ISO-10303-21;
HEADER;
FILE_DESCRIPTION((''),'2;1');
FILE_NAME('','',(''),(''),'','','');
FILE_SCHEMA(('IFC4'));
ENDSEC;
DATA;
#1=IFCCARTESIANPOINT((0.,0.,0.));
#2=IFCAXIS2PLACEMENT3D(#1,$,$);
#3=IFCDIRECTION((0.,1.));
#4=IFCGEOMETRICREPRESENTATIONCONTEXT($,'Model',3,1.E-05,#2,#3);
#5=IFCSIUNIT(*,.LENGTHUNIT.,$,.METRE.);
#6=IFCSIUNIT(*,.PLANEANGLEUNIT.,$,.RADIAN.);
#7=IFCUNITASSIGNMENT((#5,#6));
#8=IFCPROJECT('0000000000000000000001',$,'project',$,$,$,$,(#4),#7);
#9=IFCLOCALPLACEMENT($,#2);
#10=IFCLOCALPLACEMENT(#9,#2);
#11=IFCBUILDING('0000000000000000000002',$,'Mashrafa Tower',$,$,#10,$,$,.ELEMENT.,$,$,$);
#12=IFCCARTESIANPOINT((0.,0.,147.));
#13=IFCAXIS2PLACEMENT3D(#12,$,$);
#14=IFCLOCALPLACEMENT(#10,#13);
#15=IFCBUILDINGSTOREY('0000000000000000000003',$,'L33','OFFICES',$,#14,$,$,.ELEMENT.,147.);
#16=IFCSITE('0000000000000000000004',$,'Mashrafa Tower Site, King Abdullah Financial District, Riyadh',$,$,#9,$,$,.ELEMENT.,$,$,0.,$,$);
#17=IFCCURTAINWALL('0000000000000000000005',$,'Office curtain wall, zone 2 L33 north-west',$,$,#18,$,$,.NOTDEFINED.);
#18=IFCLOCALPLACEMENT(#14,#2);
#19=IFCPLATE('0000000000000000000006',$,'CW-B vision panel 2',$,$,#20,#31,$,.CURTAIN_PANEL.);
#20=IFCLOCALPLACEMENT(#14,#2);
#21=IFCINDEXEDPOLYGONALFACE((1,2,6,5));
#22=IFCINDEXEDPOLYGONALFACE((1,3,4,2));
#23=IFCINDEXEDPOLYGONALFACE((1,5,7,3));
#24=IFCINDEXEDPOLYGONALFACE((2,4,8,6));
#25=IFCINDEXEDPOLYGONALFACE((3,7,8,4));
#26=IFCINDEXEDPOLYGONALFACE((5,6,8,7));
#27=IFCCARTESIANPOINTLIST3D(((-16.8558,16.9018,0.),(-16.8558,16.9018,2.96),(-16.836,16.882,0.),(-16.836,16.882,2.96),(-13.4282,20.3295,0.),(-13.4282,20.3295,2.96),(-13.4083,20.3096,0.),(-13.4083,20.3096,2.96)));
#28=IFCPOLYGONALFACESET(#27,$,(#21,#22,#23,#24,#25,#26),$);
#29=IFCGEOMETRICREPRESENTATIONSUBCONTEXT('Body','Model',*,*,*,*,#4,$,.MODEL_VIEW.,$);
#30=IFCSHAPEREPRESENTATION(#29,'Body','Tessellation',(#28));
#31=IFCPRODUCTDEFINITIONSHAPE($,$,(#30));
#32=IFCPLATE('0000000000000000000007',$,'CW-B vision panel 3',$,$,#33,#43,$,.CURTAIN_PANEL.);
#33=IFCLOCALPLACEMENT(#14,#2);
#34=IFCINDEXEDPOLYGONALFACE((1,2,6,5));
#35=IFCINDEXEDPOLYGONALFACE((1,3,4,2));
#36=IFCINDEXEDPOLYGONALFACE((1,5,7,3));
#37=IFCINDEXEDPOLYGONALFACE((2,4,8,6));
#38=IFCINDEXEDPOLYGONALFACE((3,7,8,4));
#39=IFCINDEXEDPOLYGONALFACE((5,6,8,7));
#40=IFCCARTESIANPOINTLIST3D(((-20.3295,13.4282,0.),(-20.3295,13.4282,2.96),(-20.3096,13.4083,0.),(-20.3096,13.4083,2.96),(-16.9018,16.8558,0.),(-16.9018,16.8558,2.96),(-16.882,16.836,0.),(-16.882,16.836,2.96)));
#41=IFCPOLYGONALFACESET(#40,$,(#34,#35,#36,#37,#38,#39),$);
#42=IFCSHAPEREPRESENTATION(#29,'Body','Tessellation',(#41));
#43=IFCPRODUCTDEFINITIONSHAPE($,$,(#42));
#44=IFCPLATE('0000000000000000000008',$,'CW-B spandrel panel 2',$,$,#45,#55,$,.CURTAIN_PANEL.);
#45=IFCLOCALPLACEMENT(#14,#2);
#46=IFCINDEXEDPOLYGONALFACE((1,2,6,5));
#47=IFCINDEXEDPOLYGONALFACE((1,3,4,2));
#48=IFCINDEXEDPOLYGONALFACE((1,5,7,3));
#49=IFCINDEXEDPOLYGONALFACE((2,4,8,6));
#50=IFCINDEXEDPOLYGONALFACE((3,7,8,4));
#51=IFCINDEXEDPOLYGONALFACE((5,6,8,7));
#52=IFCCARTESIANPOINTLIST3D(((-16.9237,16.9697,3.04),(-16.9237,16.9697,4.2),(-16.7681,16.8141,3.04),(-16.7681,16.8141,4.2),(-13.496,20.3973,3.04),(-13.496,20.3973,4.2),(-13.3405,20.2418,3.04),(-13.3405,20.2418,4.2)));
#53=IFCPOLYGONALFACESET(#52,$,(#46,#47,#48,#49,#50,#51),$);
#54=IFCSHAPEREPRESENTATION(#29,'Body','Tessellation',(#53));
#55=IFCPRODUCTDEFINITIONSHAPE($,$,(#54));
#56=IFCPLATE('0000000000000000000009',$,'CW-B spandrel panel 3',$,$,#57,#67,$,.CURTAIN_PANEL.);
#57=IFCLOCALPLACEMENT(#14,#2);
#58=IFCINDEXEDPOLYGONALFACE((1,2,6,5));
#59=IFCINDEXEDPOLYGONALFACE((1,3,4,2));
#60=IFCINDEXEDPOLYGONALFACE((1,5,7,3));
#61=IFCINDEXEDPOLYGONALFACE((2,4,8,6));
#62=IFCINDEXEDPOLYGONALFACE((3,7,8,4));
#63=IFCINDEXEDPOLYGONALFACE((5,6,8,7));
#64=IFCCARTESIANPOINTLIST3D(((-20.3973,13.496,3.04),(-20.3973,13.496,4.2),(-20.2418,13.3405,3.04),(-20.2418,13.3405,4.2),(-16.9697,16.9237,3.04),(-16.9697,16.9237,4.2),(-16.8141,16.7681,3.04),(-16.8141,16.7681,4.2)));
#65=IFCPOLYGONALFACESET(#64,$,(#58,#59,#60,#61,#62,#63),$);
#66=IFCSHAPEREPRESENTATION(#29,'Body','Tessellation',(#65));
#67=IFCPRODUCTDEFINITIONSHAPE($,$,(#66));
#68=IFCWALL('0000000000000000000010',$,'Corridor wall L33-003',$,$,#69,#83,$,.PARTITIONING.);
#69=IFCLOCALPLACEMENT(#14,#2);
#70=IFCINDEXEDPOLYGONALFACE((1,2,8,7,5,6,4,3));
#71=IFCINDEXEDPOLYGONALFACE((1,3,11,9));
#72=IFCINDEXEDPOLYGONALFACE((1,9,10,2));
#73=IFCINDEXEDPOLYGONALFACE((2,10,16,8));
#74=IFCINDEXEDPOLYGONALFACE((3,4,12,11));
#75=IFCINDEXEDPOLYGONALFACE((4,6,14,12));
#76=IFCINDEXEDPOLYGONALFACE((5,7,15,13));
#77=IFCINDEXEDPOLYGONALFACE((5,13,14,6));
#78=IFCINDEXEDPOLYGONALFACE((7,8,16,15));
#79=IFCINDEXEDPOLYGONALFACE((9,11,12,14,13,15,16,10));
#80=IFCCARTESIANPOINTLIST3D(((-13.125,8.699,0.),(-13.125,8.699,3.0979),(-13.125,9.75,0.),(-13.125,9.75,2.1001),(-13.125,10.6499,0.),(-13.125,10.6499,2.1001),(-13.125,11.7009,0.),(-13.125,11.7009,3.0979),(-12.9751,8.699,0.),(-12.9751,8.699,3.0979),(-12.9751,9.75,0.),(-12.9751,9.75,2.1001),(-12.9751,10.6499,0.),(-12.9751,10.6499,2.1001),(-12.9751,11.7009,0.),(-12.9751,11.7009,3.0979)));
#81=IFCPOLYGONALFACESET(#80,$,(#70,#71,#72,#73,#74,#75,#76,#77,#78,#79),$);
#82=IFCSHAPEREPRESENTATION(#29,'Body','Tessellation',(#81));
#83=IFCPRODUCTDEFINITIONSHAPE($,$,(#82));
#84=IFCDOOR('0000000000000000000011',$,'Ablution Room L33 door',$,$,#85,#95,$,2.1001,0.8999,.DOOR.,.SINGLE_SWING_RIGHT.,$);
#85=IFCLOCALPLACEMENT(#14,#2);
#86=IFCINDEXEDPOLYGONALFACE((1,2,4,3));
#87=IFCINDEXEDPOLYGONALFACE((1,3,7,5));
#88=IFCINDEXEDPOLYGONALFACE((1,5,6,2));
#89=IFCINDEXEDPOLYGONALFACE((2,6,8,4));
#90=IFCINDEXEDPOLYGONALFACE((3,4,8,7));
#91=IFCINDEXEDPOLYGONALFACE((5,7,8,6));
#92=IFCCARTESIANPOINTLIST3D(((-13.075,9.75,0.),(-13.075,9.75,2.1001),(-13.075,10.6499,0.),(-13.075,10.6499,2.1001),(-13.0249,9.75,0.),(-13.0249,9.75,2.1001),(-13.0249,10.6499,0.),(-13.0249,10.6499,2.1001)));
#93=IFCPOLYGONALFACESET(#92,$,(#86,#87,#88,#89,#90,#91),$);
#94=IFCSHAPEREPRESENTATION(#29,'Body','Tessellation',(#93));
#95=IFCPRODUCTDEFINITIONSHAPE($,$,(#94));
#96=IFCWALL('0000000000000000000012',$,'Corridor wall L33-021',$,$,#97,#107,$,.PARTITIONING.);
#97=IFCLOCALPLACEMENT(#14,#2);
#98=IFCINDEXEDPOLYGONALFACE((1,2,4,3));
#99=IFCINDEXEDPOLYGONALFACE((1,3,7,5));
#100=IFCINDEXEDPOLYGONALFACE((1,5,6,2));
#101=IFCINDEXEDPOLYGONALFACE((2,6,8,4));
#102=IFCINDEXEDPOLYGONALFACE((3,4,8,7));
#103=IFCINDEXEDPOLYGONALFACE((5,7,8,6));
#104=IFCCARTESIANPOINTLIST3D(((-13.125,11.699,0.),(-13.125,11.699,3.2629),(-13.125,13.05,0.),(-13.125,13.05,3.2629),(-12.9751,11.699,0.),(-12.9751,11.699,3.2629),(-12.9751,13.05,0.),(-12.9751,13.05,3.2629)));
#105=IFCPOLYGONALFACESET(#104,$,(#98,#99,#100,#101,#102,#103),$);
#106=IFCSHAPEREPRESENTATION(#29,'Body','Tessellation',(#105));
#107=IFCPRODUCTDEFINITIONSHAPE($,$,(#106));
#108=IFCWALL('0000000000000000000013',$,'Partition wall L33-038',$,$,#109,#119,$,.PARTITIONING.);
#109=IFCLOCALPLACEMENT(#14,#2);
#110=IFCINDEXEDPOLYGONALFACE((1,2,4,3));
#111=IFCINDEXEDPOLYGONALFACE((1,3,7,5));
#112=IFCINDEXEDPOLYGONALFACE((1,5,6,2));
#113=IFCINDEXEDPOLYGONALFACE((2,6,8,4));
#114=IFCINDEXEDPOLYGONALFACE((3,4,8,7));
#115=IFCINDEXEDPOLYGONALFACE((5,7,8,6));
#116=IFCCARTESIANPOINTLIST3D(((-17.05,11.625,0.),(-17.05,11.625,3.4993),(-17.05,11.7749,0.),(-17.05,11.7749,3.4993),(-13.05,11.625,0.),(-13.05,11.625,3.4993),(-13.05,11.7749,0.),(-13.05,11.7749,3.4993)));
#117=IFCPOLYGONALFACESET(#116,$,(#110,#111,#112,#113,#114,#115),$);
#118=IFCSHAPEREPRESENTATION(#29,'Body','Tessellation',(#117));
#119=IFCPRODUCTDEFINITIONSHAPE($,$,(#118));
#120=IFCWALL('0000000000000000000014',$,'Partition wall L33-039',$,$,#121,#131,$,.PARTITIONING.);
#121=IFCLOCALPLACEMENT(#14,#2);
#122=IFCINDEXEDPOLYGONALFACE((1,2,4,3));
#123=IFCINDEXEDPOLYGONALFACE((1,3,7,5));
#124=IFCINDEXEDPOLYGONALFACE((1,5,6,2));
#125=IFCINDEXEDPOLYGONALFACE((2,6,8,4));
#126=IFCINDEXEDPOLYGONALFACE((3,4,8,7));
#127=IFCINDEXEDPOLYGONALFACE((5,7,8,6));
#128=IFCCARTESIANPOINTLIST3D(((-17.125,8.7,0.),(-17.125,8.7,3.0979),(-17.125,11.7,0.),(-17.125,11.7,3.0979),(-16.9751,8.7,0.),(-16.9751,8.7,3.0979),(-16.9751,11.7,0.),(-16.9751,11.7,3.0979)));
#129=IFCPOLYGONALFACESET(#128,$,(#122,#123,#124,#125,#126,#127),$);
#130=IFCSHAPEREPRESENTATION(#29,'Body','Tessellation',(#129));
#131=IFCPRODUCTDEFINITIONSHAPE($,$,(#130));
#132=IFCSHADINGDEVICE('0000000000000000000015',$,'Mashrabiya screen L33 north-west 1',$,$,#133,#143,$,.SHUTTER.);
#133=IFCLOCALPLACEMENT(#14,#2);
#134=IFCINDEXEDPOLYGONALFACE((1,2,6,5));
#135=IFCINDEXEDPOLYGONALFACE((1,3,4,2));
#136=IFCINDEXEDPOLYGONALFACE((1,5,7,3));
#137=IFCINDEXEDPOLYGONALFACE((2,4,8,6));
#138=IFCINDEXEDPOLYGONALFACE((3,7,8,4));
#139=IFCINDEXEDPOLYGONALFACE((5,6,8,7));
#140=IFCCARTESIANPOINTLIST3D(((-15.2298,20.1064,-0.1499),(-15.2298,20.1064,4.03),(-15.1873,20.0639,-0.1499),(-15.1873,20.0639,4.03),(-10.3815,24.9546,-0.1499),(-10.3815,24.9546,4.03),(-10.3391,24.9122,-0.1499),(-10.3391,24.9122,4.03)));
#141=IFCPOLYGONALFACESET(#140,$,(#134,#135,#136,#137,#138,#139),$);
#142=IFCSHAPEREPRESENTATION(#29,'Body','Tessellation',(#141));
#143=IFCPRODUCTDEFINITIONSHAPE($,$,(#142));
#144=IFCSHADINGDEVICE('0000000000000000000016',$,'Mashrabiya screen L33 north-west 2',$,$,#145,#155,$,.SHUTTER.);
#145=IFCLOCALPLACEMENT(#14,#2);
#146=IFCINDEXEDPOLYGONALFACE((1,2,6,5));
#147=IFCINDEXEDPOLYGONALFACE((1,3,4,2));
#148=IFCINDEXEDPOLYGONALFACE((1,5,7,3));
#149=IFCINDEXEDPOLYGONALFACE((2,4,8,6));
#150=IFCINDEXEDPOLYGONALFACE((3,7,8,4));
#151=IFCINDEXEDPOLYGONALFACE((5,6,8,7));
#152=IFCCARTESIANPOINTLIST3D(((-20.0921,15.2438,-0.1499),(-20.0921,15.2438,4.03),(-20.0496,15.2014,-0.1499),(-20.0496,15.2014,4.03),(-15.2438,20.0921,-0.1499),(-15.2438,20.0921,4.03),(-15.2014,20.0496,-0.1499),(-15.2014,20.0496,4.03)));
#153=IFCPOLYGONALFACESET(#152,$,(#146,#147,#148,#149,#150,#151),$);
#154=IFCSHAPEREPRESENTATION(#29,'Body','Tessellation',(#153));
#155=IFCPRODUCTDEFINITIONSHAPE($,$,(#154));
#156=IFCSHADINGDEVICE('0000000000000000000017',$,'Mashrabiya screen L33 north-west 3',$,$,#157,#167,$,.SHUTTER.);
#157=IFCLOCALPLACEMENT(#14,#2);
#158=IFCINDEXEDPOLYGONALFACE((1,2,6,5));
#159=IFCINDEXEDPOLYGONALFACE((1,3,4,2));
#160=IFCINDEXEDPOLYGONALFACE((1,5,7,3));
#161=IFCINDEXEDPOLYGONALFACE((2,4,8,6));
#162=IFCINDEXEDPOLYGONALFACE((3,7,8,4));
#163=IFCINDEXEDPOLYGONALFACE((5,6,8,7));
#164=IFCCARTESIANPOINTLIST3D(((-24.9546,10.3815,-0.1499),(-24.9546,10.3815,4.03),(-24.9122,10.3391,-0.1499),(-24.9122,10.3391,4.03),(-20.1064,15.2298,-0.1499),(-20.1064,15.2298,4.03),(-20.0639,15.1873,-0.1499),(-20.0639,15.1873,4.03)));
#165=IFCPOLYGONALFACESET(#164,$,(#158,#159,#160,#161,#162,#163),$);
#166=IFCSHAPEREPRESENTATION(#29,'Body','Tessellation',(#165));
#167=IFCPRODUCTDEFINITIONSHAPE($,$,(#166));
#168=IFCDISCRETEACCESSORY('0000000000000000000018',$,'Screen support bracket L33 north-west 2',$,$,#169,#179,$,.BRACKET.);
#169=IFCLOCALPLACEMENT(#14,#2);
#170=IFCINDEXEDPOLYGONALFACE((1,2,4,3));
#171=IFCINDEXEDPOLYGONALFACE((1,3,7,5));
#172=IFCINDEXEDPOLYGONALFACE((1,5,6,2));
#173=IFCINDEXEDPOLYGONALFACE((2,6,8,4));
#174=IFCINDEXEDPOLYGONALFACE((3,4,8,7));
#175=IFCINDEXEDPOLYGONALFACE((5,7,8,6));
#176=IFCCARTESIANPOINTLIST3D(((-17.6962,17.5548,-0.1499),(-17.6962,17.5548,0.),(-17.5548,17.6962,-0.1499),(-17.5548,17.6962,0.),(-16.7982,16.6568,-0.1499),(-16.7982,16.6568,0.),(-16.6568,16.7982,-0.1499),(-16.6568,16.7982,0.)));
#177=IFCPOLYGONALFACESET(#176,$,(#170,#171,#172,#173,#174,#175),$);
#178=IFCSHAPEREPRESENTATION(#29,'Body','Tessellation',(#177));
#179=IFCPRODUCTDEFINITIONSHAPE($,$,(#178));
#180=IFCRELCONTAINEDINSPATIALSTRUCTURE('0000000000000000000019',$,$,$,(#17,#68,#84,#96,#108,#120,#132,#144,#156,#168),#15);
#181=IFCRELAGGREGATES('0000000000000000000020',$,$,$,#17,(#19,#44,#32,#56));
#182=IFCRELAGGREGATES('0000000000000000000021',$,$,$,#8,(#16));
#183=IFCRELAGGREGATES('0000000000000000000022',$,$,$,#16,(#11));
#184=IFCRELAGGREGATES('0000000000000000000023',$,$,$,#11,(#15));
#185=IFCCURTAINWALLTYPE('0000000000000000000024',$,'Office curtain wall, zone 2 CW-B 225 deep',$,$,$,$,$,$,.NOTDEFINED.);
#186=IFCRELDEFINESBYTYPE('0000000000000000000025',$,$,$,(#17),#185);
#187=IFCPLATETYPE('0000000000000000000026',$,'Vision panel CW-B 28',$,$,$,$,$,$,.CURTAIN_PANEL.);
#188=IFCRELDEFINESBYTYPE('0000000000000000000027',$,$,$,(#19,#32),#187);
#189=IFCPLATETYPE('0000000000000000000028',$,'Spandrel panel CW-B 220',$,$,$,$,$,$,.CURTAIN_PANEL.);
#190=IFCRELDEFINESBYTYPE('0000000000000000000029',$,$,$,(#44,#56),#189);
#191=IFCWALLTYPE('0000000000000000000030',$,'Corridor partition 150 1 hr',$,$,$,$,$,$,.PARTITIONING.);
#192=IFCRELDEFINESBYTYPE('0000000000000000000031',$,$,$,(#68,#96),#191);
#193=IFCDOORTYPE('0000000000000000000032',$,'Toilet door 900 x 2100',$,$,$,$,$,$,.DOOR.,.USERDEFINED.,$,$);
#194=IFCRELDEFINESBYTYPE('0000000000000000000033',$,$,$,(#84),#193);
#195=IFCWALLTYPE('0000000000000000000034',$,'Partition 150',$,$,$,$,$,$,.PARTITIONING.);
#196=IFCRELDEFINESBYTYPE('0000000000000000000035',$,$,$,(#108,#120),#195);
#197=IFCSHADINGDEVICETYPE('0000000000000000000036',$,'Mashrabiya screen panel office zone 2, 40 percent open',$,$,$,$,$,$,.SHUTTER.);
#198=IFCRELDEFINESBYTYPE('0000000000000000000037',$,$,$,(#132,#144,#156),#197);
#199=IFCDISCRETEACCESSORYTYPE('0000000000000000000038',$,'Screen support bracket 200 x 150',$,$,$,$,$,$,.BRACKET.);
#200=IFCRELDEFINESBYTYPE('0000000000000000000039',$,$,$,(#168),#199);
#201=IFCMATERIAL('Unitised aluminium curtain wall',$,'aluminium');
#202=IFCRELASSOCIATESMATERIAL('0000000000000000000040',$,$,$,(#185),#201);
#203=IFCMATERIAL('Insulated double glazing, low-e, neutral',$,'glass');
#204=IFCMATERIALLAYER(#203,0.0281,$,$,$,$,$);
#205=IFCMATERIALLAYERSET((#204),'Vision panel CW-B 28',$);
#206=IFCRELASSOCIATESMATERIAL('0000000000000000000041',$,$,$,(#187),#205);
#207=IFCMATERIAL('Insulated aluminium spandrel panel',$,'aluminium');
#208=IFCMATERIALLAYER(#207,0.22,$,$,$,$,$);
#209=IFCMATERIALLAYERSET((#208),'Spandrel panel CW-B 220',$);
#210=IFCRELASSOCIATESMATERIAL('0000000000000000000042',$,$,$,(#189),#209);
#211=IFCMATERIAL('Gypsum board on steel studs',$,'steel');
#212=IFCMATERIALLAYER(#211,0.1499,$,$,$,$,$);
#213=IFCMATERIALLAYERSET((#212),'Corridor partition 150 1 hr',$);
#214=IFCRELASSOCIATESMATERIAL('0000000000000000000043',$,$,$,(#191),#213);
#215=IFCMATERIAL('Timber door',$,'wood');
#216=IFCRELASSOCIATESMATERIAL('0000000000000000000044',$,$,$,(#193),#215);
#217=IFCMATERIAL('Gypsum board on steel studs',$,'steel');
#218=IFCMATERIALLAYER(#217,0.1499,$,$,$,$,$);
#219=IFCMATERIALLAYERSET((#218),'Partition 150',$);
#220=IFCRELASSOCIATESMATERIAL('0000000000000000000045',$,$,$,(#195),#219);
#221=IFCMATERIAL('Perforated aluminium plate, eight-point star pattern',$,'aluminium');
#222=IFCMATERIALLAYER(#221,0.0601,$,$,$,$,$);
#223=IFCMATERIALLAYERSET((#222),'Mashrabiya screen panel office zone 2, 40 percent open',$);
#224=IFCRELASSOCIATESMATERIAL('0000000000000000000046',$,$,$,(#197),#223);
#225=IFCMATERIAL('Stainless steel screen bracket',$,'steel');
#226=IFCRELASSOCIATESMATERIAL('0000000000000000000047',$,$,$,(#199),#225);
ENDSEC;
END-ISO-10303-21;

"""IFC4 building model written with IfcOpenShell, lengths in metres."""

from ifc_helpers import new_model, si_unit, direction, frame, frame_2d, origin, origin_2d, place, context, subcontext, project, spatial, rectangle, extrude, source, transform, mapped, material, layer, layer_set, type_object, type_shapes, element, fill, aggregate, save


model = new_model("IFC4")

# Units and contexts
model_context = context("Model", 3, precision=1e-05, world=origin(), true_north=direction((0.0, 1.0)))
body_context = subcontext(model_context, "Body", "Model", "MODEL_VIEW")
ifc_project = project(units=[si_unit("LENGTHUNIT", "METRE"), si_unit("PLANEANGLEUNIT", "RADIAN")], contexts=[model_context])

# Site, building, storey
site_placement = place(None, origin())
site = spatial("IfcSite", under=ifc_project, at=site_placement, Name="Mashrafa Tower Site, King Abdullah Financial District, Riyadh", CompositionType="ELEMENT", RefElevation=0.0)
building_placement = place(site_placement, origin())
building = spatial("IfcBuilding", under=site, at=building_placement, Name="Mashrafa Tower", CompositionType="ELEMENT")
storey_placement = place(building_placement, frame((0.0, 0.0, 147.0)))
storey = spatial("IfcBuildingStorey", under=building, at=storey_placement, Name="L33", Description="OFFICES", CompositionType="ELEMENT", Elevation=147.0)

# Curtain wall
ifc_material_1 = material(Name="Unitised aluminium curtain wall", Category="aluminium")
curtain_wall_type = type_object("IfcCurtainWallType", Name="Office curtain wall, zone 2 CW-B 225 deep", PredefinedType="NOTDEFINED", material=ifc_material_1)
curtain_wall_1_placement = place(storey_placement, origin())
curtain_wall_1 = element("IfcCurtainWall", 1, at=curtain_wall_1_placement, inside=storey, type_object=curtain_wall_type, Name="Office curtain wall, zone 2 L33 north-west", PredefinedType="NOTDEFINED")

# Plates
ifc_material_2 = material(Name="Insulated double glazing, low-e, neutral", Category="glass")
ifc_layer_1 = layer(ifc_material_2, 0.0281)
ifc_layer_set_1 = layer_set([ifc_layer_1], Name="Vision panel CW-B 28")
plate_type_1 = type_object("IfcPlateType", Name="Vision panel CW-B 28", PredefinedType="CURTAIN_PANEL", material=ifc_layer_set_1)
ifc_material_3 = material(Name="Insulated aluminium spandrel panel", Category="aluminium")
ifc_layer_2 = layer(ifc_material_3, 0.22)
ifc_layer_set_2 = layer_set([ifc_layer_2], Name="Spandrel panel CW-B 220")
plate_type_2 = type_object("IfcPlateType", Name="Spandrel panel CW-B 220", PredefinedType="CURTAIN_PANEL", material=ifc_layer_set_2)
shared_shape_1 = source(origin(), body_context, "Body", "SweptSolid", [
    extrude(rectangle(XDim=4.8474, YDim=0.0281, at=origin_2d()), origin(), (0.0, 0.0, 1.0), 2.96),
])
plate_1_placement = place(storey_placement, frame((-15.1321, 18.6057, 0.0), z_axis=(0.0, 0.0, 1.0), x_axis=(-0.707107, -0.707107, 0.0)))
plate_1 = element("IfcPlate", 2, at=plate_1_placement, type_object=plate_type_1, Name="CW-B vision panel 2", PredefinedType="CURTAIN_PANEL", context=body_context, shape_type="MappedRepresentation", body=[
    mapped(shared_shape_1, transform((0.0, 0.0, 0.0))),
])
plate_2_placement = place(storey_placement, frame((-18.6057, 15.1321, 0.0), z_axis=(0.0, 0.0, 1.0), x_axis=(-0.707107, -0.707107, 0.0)))
plate_2 = element("IfcPlate", 3, at=plate_2_placement, type_object=plate_type_1, Name="CW-B vision panel 3", PredefinedType="CURTAIN_PANEL", context=body_context, shape_type="MappedRepresentation", body=[
    mapped(shared_shape_1, transform((0.0, 0.0, 0.0))),
])
shared_shape_2 = source(origin(), body_context, "Body", "SweptSolid", [
    extrude(rectangle(XDim=4.8474, YDim=0.22, at=origin_2d()), origin(), (0.0, 0.0, 1.0), 1.1599),
])
plate_3_placement = place(storey_placement, frame((-15.1321, 18.6057, 3.04), z_axis=(0.0, 0.0, 1.0), x_axis=(-0.707107, -0.707107, 0.0)))
plate_3 = element("IfcPlate", 4, at=plate_3_placement, type_object=plate_type_2, Name="CW-B spandrel panel 2", PredefinedType="CURTAIN_PANEL", context=body_context, shape_type="MappedRepresentation", body=[
    mapped(shared_shape_2, transform((0.0, 0.0, 0.0))),
])
plate_4_placement = place(storey_placement, frame((-18.6057, 15.1321, 3.04), z_axis=(0.0, 0.0, 1.0), x_axis=(-0.707107, -0.707107, 0.0)))
plate_4 = element("IfcPlate", 5, at=plate_4_placement, type_object=plate_type_2, Name="CW-B spandrel panel 3", PredefinedType="CURTAIN_PANEL", context=body_context, shape_type="MappedRepresentation", body=[
    mapped(shared_shape_2, transform((0.0, 0.0, 0.0))),
])
aggregate(curtain_wall_1, [plate_1, plate_3, plate_2, plate_4])

# Wall, opening, door
ifc_material_4 = material(Name="Gypsum board on steel studs", Category="steel")
ifc_layer_3 = layer(ifc_material_4, 0.1499)
ifc_layer_set_3 = layer_set([ifc_layer_3], Name="Corridor partition 150 1 hr")
wall_type_1 = type_object("IfcWallType", Name="Corridor partition 150 1 hr", PredefinedType="PARTITIONING", material=ifc_layer_set_3)
wall_1_placement = place(storey_placement, frame((-13.05, 11.7009, 0.0), z_axis=(0.0, 0.0, 1.0), x_axis=(0.0, -1.0, 0.0)))
wall_1 = element("IfcWall", 6, at=wall_1_placement, inside=storey, type_object=wall_type_1, Name="Corridor wall L33-003", PredefinedType="PARTITIONING", context=body_context, shape_type="SweptSolid", body=[
    extrude(rectangle(XDim=3.002, YDim=0.1499, at=frame_2d((1.501, 0.0))), origin(), (0.0, 0.0, 1.0), 3.0979),
])
opening_placement = place(wall_1_placement, frame((1.051, 0.0, 0.0)))
opening = element("IfcOpeningElement", 7, at=opening_placement, cuts=wall_1, PredefinedType="OPENING", context=body_context, shape_type="SweptSolid", body=[
    extrude(rectangle(XDim=0.8999, YDim=2.1001, at=frame_2d((0.45, 1.05))), frame((0.0, 0.085, 0.0), z_axis=(0.0, -1.0, 0.0), x_axis=(1.0, 0.0, 0.0)), (0.0, 0.0, 1.0), 0.1699),
])
ifc_material_5 = material(Name="Timber door", Category="wood")
door_type = type_object("IfcDoorType", Name="Toilet door 900 x 2100", OperationType="USERDEFINED", PredefinedType="DOOR", material=ifc_material_5)
door_placement = place(opening_placement, frame((0.8999, 0.0, 0.0), z_axis=(0.0, 0.0, 1.0), x_axis=(-1.0, 0.0, 0.0)))
door = element("IfcDoor", 8, at=door_placement, inside=storey, type_object=door_type, Name="Ablution Room L33 door", OperationType="SINGLE_SWING_RIGHT", OverallHeight=2.1001, OverallWidth=0.8999, PredefinedType="DOOR", context=body_context, shape_type="SweptSolid", body=[
    extrude(rectangle(XDim=0.8999, YDim=2.1001, at=frame_2d((0.45, 1.05))), frame((0.0, 0.0249, 0.0), z_axis=(0.0, -1.0, 0.0), x_axis=(1.0, 0.0, 0.0)), (0.0, 0.0, 1.0), 0.05),
])
fill(opening, door)

# Walls
wall_2_placement = place(storey_placement, frame((-13.05, 13.05, 0.0), z_axis=(0.0, 0.0, 1.0), x_axis=(0.0, -1.0, 0.0)))
element("IfcWall", 9, at=wall_2_placement, inside=storey, type_object=wall_type_1, Name="Corridor wall L33-021", PredefinedType="PARTITIONING", context=body_context, shape_type="SweptSolid", body=[
    extrude(rectangle(XDim=1.3511, YDim=0.1499, at=frame_2d((0.6755, 0.0))), origin(), (0.0, 0.0, 1.0), 3.2629),
])
ifc_material_6 = material(Name="Gypsum board on steel studs", Category="steel")
ifc_layer_4 = layer(ifc_material_6, 0.1499)
ifc_layer_set_4 = layer_set([ifc_layer_4], Name="Partition 150")
wall_type_2 = type_object("IfcWallType", Name="Partition 150", PredefinedType="PARTITIONING", material=ifc_layer_set_4)
wall_3_placement = place(storey_placement, frame((-13.05, 11.7, 0.0), z_axis=(0.0, 0.0, 1.0), x_axis=(-1.0, 0.0, 0.0)))
element("IfcWall", 10, at=wall_3_placement, inside=storey, type_object=wall_type_2, Name="Partition wall L33-038", PredefinedType="PARTITIONING", context=body_context, shape_type="SweptSolid", body=[
    extrude(rectangle(XDim=4.0, YDim=0.1499, at=frame_2d((2.0, 0.0))), origin(), (0.0, 0.0, 1.0), 3.4993),
])
wall_4_placement = place(storey_placement, frame((-17.05, 11.7, 0.0), z_axis=(0.0, 0.0, 1.0), x_axis=(0.0, -1.0, 0.0)))
element("IfcWall", 11, at=wall_4_placement, inside=storey, type_object=wall_type_2, Name="Partition wall L33-039", PredefinedType="PARTITIONING", context=body_context, shape_type="SweptSolid", body=[
    extrude(rectangle(XDim=3.0, YDim=0.1499, at=frame_2d((1.5, 0.0))), origin(), (0.0, 0.0, 1.0), 3.0979),
])

# Shading devices
ifc_material_7 = material(Name="Perforated aluminium plate, eight-point star pattern", Category="aluminium")
ifc_layer_5 = layer(ifc_material_7, 0.0601)
ifc_layer_set_5 = layer_set([ifc_layer_5], Name="Mashrabiya screen panel office zone 2, 40 percent open")
shading_device_type = type_object("IfcShadingDeviceType", Name="Mashrabiya screen panel office zone 2, 40 percent open", PredefinedType="SHUTTER", material=ifc_layer_set_5)
shared_shape_3 = source(origin(), body_context, "Body", "SweptSolid", [
    extrude(rectangle(XDim=6.8564, YDim=0.0601, at=origin_2d()), origin(), (0.0, 0.0, 1.0), 4.1799),
])
type_shapes(shading_device_type, [shared_shape_3])
for number, where, z_axis, x_axis, name in (
    (12, (-12.7844, 22.5093, -0.1499), (0.0, 0.0, 1.0), (-0.707107, -0.707107, 0.0), "Mashrabiya screen L33 north-west 1"),
    (13, (-17.6467, 17.6467, -0.1499), (0.0, 0.0, 1.0), (-0.707107, -0.707107, 0.0), "Mashrabiya screen L33 north-west 2"),
    (14, (-22.5093, 12.7844, -0.1499), (0.0, 0.0, 1.0), (-0.707107, -0.707107, 0.0), "Mashrabiya screen L33 north-west 3"),
):
    element("IfcShadingDevice", number, at=place(storey_placement, frame(where, z_axis=z_axis, x_axis=x_axis)), inside=storey, type_object=shading_device_type, Name=name, PredefinedType="SHUTTER", context=body_context, shape_type="MappedRepresentation", body=[
        mapped(shared_shape_3, transform((0.0, 0.0, 0.0))),
    ])

# Discrete accessory
ifc_material_8 = material(Name="Stainless steel screen bracket", Category="steel")
discrete_accessory_type = type_object("IfcDiscreteAccessoryType", Name="Screen support bracket 200 x 150", PredefinedType="BRACKET", material=ifc_material_8)
shared_shape_4 = source(origin(), body_context, "Body", "SweptSolid", [
    extrude(rectangle(XDim=0.2, YDim=1.27, at=origin_2d()), origin(), (0.0, 0.0, 1.0), 0.1499),
])
type_shapes(discrete_accessory_type, [shared_shape_4])
for number, where, z_axis, x_axis, name in (
    (15, (-17.1765, 17.1765, -0.1499), (0.0, 0.0, 1.0), (-0.707107, -0.707107, 0.0), "Screen support bracket L33 north-west 2"),
):
    element("IfcDiscreteAccessory", number, at=place(storey_placement, frame(where, z_axis=z_axis, x_axis=x_axis)), inside=storey, type_object=discrete_accessory_type, Name=name, PredefinedType="BRACKET", context=body_context, shape_type="MappedRepresentation", body=[
        mapped(shared_shape_4, transform((0.0, 0.0, 0.0))),
    ])

save(model, "model.ifc")
